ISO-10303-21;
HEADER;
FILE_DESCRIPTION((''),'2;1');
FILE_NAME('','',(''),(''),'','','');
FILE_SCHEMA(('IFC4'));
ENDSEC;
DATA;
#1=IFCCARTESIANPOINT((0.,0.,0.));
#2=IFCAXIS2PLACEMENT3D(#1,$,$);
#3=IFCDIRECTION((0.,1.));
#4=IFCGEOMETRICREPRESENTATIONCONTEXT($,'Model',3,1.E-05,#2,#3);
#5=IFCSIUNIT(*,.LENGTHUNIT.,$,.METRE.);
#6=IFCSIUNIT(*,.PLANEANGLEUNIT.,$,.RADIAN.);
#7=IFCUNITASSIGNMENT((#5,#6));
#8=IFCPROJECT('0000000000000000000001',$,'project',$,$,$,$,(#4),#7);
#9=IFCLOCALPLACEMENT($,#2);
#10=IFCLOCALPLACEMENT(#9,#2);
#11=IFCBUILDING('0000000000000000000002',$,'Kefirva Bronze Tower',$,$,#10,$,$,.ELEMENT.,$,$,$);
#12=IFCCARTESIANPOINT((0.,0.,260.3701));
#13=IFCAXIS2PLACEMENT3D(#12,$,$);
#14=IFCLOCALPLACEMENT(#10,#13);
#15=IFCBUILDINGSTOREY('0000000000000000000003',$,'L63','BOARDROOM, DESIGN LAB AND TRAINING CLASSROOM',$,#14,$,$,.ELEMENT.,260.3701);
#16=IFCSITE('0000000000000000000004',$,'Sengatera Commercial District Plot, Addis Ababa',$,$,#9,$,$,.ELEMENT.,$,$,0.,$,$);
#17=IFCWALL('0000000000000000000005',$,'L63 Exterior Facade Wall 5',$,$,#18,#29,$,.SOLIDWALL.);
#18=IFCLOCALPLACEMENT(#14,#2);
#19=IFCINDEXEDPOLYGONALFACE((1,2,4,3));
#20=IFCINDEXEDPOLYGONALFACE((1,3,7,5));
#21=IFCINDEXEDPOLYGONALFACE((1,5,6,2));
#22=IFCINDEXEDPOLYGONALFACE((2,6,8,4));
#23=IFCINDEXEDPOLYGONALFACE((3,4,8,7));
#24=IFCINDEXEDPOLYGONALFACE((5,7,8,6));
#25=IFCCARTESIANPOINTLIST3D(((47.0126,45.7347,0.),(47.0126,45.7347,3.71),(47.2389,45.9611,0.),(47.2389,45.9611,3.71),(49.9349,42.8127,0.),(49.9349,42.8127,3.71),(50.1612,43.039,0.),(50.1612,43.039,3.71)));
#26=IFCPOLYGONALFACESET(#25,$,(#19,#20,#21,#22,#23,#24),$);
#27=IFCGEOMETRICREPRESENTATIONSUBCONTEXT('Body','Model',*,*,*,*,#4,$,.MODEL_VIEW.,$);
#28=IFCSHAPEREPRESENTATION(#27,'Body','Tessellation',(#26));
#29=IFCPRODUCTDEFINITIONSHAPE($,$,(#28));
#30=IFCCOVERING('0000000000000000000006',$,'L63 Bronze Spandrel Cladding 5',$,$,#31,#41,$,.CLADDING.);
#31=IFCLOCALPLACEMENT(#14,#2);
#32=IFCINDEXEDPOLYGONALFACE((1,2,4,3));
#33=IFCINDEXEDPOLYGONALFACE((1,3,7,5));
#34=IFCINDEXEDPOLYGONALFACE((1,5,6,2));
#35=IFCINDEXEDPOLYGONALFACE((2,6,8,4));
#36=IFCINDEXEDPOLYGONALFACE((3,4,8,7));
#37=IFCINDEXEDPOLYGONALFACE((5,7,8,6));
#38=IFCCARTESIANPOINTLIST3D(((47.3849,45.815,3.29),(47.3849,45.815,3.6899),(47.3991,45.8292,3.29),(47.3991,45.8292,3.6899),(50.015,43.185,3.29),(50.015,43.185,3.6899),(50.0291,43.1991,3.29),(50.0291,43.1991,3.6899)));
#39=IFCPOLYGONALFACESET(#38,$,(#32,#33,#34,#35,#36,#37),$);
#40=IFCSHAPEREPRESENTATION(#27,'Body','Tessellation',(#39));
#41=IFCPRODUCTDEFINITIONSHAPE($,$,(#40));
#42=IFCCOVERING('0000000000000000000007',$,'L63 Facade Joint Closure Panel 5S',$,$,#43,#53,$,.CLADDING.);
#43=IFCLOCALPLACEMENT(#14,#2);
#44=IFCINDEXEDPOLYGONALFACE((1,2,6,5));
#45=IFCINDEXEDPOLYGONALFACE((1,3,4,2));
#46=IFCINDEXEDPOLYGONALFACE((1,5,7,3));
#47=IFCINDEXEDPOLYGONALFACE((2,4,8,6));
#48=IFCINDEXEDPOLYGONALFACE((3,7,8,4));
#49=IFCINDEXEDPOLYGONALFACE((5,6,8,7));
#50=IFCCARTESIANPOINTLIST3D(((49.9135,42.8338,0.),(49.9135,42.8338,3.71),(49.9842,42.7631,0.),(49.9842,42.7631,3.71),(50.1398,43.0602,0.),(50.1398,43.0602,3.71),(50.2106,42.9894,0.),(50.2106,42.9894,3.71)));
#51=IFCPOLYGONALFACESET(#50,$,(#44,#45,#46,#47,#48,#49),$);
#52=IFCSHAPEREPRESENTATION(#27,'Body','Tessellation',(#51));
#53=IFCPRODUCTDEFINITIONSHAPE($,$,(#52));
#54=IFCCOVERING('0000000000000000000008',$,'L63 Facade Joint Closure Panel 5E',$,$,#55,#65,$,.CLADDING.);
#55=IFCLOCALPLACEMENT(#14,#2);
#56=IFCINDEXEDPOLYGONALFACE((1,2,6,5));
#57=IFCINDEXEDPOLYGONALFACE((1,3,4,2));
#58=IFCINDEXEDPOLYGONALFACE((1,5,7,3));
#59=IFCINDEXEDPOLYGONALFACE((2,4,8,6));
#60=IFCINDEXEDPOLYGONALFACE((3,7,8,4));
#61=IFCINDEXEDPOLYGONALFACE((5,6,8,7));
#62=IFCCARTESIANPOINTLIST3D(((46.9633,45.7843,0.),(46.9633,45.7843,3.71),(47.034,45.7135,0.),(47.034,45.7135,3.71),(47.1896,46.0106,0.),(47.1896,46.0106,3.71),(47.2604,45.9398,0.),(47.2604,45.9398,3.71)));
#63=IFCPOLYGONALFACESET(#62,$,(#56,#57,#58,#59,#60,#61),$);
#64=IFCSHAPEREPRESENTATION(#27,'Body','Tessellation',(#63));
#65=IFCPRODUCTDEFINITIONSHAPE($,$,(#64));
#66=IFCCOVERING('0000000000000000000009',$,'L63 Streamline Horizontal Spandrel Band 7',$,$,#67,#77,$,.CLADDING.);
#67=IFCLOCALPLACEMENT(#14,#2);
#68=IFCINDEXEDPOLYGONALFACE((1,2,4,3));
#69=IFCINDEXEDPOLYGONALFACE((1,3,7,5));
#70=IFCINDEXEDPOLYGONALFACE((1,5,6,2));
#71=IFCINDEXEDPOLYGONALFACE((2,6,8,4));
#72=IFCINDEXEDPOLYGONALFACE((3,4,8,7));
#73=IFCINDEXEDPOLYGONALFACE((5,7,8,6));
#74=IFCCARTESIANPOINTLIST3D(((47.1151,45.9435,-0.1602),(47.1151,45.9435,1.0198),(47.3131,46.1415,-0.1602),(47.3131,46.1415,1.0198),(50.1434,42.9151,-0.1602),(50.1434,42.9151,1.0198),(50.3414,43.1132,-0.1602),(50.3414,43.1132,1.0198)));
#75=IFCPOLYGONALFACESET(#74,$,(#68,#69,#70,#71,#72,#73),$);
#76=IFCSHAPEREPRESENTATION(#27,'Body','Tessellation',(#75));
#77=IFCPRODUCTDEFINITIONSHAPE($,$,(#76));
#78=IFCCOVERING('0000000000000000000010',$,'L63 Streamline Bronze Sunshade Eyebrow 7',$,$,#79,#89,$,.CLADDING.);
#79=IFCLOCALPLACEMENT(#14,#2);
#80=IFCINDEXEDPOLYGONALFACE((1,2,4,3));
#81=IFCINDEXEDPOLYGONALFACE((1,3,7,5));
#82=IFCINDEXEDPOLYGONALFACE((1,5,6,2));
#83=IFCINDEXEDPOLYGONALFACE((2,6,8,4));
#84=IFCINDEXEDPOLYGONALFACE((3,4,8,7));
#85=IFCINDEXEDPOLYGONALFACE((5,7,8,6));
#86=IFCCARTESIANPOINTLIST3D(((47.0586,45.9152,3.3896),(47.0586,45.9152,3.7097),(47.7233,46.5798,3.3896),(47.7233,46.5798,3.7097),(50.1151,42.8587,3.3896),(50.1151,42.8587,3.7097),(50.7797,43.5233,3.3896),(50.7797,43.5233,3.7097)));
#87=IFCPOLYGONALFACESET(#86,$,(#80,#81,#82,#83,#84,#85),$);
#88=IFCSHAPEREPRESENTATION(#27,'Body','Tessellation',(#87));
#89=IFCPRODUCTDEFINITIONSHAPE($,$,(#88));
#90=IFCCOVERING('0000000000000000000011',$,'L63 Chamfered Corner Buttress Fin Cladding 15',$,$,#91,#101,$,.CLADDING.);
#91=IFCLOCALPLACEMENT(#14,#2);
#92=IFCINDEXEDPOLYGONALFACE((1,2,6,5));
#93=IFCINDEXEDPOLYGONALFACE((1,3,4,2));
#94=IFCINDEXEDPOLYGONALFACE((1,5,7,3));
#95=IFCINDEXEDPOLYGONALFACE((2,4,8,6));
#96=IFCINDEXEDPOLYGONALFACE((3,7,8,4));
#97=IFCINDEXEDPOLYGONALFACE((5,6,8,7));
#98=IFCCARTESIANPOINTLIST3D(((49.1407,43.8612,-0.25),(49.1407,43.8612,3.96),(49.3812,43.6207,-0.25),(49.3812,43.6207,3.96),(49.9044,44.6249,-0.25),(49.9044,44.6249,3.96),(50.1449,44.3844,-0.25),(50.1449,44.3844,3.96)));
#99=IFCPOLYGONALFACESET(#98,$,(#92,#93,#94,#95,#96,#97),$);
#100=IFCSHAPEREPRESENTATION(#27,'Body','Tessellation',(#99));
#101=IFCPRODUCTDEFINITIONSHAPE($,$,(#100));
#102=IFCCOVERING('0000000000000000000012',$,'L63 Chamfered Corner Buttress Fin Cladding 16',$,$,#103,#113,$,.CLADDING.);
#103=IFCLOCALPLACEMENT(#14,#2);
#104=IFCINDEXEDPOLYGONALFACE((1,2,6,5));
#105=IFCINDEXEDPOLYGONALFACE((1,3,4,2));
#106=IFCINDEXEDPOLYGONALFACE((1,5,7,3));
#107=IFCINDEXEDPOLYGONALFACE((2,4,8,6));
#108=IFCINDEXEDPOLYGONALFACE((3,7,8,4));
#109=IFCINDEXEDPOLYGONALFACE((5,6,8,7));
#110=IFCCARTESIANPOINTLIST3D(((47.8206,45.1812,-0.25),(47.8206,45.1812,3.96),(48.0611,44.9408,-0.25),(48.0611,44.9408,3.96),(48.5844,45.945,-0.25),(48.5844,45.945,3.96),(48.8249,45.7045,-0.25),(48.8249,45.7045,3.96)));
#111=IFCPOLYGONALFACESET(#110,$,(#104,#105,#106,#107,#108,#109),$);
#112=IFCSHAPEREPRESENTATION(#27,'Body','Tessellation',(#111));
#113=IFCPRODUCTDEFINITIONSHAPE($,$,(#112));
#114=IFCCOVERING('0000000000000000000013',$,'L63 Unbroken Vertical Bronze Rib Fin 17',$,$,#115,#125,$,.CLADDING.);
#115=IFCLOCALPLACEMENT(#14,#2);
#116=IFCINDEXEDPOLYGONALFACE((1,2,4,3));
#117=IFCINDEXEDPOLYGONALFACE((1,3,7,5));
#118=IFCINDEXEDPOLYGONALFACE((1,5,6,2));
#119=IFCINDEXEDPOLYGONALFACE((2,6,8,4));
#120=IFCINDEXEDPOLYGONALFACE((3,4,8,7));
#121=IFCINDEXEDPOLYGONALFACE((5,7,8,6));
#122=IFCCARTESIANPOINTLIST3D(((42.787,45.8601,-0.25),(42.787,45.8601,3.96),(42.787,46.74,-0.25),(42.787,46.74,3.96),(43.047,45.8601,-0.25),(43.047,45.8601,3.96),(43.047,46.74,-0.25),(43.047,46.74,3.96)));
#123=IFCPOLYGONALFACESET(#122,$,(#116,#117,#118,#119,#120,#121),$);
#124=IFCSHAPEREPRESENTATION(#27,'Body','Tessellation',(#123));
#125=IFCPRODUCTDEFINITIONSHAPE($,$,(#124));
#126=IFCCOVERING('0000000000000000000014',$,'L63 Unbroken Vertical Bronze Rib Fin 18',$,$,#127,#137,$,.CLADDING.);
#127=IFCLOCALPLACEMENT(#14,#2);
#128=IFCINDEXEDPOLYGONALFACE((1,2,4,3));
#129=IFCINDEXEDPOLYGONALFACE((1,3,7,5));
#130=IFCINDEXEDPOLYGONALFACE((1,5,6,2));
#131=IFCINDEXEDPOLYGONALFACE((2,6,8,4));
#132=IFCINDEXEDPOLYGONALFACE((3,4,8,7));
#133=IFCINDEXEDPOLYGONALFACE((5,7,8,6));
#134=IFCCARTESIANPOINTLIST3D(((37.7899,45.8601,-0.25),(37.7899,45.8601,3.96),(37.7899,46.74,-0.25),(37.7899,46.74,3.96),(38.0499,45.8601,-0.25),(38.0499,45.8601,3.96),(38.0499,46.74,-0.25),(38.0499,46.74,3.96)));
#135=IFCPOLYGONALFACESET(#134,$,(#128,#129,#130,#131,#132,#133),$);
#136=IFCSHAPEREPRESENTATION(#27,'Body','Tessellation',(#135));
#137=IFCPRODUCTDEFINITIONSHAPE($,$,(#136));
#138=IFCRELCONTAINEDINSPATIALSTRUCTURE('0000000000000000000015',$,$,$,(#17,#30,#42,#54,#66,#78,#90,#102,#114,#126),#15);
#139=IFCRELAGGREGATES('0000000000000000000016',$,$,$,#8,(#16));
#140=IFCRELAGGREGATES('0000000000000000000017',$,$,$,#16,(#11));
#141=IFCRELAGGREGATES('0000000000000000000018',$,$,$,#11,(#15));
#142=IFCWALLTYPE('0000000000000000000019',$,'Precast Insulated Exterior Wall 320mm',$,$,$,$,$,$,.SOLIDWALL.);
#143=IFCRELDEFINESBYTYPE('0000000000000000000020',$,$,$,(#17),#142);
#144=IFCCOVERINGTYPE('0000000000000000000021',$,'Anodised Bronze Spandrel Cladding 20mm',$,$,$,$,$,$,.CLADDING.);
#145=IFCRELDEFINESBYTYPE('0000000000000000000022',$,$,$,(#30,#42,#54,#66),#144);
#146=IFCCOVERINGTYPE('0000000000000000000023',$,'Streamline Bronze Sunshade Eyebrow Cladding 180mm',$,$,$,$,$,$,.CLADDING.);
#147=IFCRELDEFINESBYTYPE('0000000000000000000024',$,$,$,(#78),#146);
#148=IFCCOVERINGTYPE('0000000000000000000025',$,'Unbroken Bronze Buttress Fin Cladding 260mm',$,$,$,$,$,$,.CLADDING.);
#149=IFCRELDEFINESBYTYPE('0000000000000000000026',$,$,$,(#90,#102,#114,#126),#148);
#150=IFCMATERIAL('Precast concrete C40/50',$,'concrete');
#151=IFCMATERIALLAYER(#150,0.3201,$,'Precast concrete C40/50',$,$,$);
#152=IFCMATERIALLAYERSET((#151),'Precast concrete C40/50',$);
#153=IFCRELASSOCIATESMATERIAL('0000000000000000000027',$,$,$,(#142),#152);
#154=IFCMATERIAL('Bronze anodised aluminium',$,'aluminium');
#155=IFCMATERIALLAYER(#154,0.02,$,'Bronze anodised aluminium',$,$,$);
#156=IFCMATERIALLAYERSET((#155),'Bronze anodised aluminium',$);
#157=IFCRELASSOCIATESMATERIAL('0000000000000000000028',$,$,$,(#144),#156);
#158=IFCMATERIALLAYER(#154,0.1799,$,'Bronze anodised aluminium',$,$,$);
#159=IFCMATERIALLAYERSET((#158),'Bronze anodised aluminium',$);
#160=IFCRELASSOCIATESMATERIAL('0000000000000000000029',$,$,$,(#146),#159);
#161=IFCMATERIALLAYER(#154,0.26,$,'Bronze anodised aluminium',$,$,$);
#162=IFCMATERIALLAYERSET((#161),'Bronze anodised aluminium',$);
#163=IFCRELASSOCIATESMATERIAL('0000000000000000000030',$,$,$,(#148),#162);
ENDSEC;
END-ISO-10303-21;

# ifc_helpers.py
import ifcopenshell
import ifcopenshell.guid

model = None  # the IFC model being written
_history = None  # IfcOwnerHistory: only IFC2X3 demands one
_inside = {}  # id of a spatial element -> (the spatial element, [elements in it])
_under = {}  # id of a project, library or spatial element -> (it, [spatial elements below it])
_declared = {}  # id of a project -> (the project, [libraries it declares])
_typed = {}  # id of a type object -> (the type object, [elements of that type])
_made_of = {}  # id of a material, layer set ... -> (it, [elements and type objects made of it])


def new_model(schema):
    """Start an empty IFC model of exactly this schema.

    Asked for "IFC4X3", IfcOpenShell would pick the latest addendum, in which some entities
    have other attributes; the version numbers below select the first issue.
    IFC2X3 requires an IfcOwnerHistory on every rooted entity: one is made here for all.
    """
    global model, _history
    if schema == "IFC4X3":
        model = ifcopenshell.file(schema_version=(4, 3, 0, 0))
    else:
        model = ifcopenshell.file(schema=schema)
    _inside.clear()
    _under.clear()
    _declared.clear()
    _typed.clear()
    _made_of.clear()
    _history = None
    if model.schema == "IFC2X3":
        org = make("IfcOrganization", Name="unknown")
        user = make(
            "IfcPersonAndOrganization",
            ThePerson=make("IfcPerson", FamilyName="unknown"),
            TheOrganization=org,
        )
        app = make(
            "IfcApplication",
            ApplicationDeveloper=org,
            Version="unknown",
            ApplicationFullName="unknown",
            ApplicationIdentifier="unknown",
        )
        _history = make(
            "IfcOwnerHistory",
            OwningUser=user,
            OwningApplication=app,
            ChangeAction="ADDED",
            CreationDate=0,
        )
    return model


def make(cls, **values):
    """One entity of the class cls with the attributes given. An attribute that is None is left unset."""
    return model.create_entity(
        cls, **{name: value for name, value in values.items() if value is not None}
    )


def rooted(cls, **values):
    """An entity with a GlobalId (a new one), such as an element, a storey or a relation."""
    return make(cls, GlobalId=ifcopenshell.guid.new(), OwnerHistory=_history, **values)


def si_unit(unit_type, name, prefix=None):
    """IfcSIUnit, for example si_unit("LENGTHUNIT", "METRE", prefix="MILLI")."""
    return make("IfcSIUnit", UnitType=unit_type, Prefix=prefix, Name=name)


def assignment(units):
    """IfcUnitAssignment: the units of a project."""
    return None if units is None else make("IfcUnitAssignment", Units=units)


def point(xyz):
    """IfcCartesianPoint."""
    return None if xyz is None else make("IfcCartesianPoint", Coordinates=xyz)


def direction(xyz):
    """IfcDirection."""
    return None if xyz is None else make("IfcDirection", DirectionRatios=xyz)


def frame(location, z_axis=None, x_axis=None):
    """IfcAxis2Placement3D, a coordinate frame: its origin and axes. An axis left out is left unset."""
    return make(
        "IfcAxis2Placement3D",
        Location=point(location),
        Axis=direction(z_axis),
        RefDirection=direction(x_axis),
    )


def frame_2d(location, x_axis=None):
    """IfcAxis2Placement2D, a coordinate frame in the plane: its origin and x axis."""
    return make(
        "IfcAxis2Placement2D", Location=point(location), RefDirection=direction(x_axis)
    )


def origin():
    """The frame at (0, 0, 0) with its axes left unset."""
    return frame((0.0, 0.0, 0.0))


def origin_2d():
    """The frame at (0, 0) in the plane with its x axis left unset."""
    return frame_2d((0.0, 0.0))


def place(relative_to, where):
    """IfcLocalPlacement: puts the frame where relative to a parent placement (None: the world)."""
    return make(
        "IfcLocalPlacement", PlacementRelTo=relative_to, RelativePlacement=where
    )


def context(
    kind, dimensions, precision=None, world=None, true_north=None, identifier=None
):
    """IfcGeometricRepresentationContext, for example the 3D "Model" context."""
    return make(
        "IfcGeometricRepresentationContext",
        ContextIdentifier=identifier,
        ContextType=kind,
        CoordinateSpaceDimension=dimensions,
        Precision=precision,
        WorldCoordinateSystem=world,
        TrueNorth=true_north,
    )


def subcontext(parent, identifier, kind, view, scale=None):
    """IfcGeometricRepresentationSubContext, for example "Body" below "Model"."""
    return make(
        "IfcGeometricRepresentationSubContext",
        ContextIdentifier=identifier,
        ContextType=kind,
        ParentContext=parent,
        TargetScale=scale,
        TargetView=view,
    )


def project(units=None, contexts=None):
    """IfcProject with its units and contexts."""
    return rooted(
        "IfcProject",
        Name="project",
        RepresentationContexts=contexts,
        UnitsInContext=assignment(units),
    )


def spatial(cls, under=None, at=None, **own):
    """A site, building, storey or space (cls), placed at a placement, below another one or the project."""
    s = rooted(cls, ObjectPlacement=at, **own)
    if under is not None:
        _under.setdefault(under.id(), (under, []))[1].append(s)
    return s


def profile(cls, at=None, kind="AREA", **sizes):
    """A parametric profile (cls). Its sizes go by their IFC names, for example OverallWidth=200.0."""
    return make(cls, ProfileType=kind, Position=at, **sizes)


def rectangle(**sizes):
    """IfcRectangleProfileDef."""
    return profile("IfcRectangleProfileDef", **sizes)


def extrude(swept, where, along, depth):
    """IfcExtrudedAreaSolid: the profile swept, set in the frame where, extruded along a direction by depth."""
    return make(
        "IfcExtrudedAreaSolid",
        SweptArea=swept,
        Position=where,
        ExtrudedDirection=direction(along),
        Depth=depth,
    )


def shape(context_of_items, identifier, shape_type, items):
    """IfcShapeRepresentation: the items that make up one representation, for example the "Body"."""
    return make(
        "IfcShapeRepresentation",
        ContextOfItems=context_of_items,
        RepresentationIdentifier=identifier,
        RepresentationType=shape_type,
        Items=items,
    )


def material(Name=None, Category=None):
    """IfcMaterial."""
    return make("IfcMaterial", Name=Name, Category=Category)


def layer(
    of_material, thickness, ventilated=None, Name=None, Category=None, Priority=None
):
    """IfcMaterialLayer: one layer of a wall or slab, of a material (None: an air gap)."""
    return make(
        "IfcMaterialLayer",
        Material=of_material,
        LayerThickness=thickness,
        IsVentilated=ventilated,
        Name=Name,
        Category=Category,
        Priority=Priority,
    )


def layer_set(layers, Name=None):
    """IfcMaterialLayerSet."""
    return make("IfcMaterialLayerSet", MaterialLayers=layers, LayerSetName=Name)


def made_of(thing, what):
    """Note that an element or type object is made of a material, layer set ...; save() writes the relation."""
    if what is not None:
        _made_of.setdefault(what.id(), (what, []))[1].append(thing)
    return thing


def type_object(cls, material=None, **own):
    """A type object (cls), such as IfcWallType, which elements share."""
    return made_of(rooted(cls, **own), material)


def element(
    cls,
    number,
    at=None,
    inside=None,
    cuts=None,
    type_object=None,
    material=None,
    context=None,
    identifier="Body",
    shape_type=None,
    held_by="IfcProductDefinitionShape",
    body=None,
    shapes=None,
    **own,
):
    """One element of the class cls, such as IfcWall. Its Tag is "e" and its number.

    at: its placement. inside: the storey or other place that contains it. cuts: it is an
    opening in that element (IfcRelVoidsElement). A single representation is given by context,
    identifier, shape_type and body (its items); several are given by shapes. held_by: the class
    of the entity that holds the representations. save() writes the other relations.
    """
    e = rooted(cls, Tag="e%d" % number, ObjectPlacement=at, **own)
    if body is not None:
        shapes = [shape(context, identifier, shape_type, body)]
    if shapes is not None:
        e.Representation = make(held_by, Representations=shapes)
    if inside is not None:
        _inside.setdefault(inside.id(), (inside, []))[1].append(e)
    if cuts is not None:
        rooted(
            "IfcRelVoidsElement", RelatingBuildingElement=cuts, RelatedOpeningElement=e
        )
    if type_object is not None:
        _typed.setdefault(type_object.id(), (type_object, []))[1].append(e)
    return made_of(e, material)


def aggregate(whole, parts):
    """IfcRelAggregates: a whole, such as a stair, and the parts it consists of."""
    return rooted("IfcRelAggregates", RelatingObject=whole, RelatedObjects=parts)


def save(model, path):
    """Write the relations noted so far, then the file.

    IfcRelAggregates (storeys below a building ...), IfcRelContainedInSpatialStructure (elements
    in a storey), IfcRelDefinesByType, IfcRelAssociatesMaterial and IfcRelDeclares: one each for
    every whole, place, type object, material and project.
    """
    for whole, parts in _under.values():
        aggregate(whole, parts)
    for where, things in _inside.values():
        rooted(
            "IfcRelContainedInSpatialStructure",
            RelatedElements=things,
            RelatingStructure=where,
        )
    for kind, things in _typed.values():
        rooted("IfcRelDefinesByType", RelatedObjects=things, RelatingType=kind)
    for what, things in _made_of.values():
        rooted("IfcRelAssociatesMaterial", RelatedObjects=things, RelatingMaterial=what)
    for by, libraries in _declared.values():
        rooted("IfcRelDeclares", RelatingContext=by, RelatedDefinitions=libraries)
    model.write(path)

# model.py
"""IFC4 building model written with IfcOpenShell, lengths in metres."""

from ifc_helpers import new_model, si_unit, direction, frame, frame_2d, origin, origin_2d, place, context, subcontext, project, spatial, rectangle, extrude, material, layer, layer_set, type_object, element, save


model = new_model("IFC4")

# Units and contexts
model_context = context("Model", 3, precision=1e-05, world=origin(), true_north=direction((0.0, 1.0)))
body_context = subcontext(model_context, "Body", "Model", "MODEL_VIEW")
ifc_project = project(units=[si_unit("LENGTHUNIT", "METRE"), si_unit("PLANEANGLEUNIT", "RADIAN")], contexts=[model_context])

# Site, building, storey
site_placement = place(None, origin())
site = spatial("IfcSite", under=ifc_project, at=site_placement, Name="Sengatera Commercial District Plot, Addis Ababa", CompositionType="ELEMENT", RefElevation=0.0)
building_placement = place(site_placement, origin())
building = spatial("IfcBuilding", under=site, at=building_placement, Name="Kefirva Bronze Tower", CompositionType="ELEMENT")
storey_placement = place(building_placement, frame((0.0, 0.0, 260.3701)))
storey = spatial("IfcBuildingStorey", under=building, at=storey_placement, Name="L63", Description="BOARDROOM, DESIGN LAB AND TRAINING CLASSROOM", CompositionType="ELEMENT", Elevation=260.3701)

# Shared definitions
ifc_material_1 = material(Name="Bronze anodised aluminium", Category="aluminium")

# Wall
ifc_material_2 = material(Name="Precast concrete C40/50", Category="concrete")
ifc_layer_1 = layer(ifc_material_2, 0.3201, Name="Precast concrete C40/50")
ifc_layer_set_1 = layer_set([ifc_layer_1], Name="Precast concrete C40/50")
wall_type = type_object("IfcWallType", Name="Precast Insulated Exterior Wall 320mm", PredefinedType="SOLIDWALL", material=ifc_layer_set_1)
wall_placement = place(storey_placement, frame((50.0481, 42.9258, 0.0), z_axis=(0.0, 0.0, 1.0), x_axis=(-0.707136, 0.707077, 0.0)))
element("IfcWall", 1, at=wall_placement, inside=storey, type_object=wall_type, Name="L63 Exterior Facade Wall 5", PredefinedType="SOLIDWALL", context=body_context, shape_type="SweptSolid", body=[
    extrude(rectangle(XDim=4.1326, YDim=0.3201, at=frame_2d((2.0664, 0.0))), origin(), (0.0, 0.0, 1.0), 3.71),
])

# Coverings
ifc_layer_2 = layer(ifc_material_1, 0.02, Name="Bronze anodised aluminium")
ifc_layer_set_2 = layer_set([ifc_layer_2], Name="Bronze anodised aluminium")
covering_type_1 = type_object("IfcCoveringType", Name="Anodised Bronze Spandrel Cladding 20mm", PredefinedType="CLADDING", material=ifc_layer_set_2)
covering_1_placement = place(storey_placement, frame((48.707, 44.5071, 3.29), z_axis=(0.0, 0.0, 1.0), x_axis=(-0.707107, 0.707107, 0.0)))
element("IfcCovering", 2, at=covering_1_placement, inside=storey, type_object=covering_type_1, Name="L63 Bronze Spandrel Cladding 5", PredefinedType="CLADDING", context=body_context, shape_type="SweptSolid", body=[
    extrude(rectangle(XDim=3.7195, YDim=0.02, at=origin_2d()), origin(), (0.0, 0.0, 1.0), 0.3999),
])
for number, where, z_axis, x_axis, name in (
    (3, (50.062, 42.9116, 0.0), (0.0, 0.0, 1.0), (-0.707107, 0.707107, 0.0), "L63 Facade Joint Closure Panel 5S"),
    (4, (47.1118, 45.8621, 0.0), (0.0, 0.0, 1.0), (-0.707107, 0.707107, 0.0), "L63 Facade Joint Closure Panel 5E"),
):
    element("IfcCovering", number, at=place(storey_placement, frame(where, z_axis=z_axis, x_axis=x_axis)), inside=storey, type_object=covering_type_1, Name=name, PredefinedType="CLADDING", context=body_context, shape_type="SweptSolid", body=[
        extrude(rectangle(XDim=0.1001, YDim=0.3201, at=origin_2d()), origin(), (0.0, 0.0, 1.0), 3.71),
    ])
covering_2_placement = place(storey_placement, frame((48.7283, 44.5283, -0.1602), z_axis=(0.0, 0.0, 1.0), x_axis=(-0.707107, 0.707107, 0.0)))
element("IfcCovering", 5, at=covering_2_placement, inside=storey, type_object=covering_type_1, Name="L63 Streamline Horizontal Spandrel Band 7", PredefinedType="CLADDING", context=body_context, shape_type="SweptSolid", body=[
    extrude(rectangle(XDim=4.2827, YDim=0.28, at=origin_2d()), origin(), (0.0, 0.0, 1.0), 1.1799),
])
ifc_layer_3 = layer(ifc_material_1, 0.1799, Name="Bronze anodised aluminium")
ifc_layer_set_3 = layer_set([ifc_layer_3], Name="Bronze anodised aluminium")
covering_type_2 = type_object("IfcCoveringType", Name="Streamline Bronze Sunshade Eyebrow Cladding 180mm", PredefinedType="CLADDING", material=ifc_layer_set_3)
covering_3_placement = place(storey_placement, frame((48.9192, 44.7192, 3.3896), z_axis=(0.0, 0.0, 1.0), x_axis=(-0.707107, 0.707107, 0.0)))
element("IfcCovering", 6, at=covering_3_placement, inside=storey, type_object=covering_type_2, Name="L63 Streamline Bronze Sunshade Eyebrow 7", PredefinedType="CLADDING", context=body_context, shape_type="SweptSolid", body=[
    extrude(rectangle(XDim=4.3225, YDim=0.9399, at=origin_2d()), origin(), (0.0, 0.0, 1.0), 0.3201),
])
ifc_layer_4 = layer(ifc_material_1, 0.26, Name="Bronze anodised aluminium")
ifc_layer_set_4 = layer_set([ifc_layer_4], Name="Bronze anodised aluminium")
covering_type_3 = type_object("IfcCoveringType", Name="Unbroken Bronze Buttress Fin Cladding 260mm", PredefinedType="CLADDING", material=ifc_layer_set_4)
for number, where, z_axis, x_axis, name in (
    (7, (49.6428, 44.1228, -0.25), (0.0, 0.0, 1.0), (-0.707107, 0.707107, 0.0), "L63 Chamfered Corner Buttress Fin Cladding 15"),
    (8, (48.3228, 45.4429, -0.25), (0.0, 0.0, 1.0), (-0.707107, 0.707107, 0.0), "L63 Chamfered Corner Buttress Fin Cladding 16"),
):
    element("IfcCovering", number, at=place(storey_placement, frame(where, z_axis=z_axis, x_axis=x_axis)), inside=storey, type_object=covering_type_3, Name=name, PredefinedType="CLADDING", context=body_context, shape_type="SweptSolid", body=[
        extrude(rectangle(XDim=0.3401, YDim=1.0801, at=origin_2d()), origin(), (0.0, 0.0, 1.0), 4.21),
    ])
for number, where, z_axis, x_axis, name in (
    (9, (42.917, 46.3, -0.25), (0.0, 0.0, 1.0), (-1.0, 0.0, 0.0), "L63 Unbroken Vertical Bronze Rib Fin 17"),
    (10, (37.9199, 46.3, -0.25), (0.0, 0.0, 1.0), (-1.0, 0.0, 0.0), "L63 Unbroken Vertical Bronze Rib Fin 18"),
):
    element("IfcCovering", number, at=place(storey_placement, frame(where, z_axis=z_axis, x_axis=x_axis)), inside=storey, type_object=covering_type_3, Name=name, PredefinedType="CLADDING", context=body_context, shape_type="SweptSolid", body=[
        extrude(rectangle(XDim=0.26, YDim=0.8799, at=origin_2d()), origin(), (0.0, 0.0, 1.0), 4.21),
    ])

save(model, "model.ifc")
